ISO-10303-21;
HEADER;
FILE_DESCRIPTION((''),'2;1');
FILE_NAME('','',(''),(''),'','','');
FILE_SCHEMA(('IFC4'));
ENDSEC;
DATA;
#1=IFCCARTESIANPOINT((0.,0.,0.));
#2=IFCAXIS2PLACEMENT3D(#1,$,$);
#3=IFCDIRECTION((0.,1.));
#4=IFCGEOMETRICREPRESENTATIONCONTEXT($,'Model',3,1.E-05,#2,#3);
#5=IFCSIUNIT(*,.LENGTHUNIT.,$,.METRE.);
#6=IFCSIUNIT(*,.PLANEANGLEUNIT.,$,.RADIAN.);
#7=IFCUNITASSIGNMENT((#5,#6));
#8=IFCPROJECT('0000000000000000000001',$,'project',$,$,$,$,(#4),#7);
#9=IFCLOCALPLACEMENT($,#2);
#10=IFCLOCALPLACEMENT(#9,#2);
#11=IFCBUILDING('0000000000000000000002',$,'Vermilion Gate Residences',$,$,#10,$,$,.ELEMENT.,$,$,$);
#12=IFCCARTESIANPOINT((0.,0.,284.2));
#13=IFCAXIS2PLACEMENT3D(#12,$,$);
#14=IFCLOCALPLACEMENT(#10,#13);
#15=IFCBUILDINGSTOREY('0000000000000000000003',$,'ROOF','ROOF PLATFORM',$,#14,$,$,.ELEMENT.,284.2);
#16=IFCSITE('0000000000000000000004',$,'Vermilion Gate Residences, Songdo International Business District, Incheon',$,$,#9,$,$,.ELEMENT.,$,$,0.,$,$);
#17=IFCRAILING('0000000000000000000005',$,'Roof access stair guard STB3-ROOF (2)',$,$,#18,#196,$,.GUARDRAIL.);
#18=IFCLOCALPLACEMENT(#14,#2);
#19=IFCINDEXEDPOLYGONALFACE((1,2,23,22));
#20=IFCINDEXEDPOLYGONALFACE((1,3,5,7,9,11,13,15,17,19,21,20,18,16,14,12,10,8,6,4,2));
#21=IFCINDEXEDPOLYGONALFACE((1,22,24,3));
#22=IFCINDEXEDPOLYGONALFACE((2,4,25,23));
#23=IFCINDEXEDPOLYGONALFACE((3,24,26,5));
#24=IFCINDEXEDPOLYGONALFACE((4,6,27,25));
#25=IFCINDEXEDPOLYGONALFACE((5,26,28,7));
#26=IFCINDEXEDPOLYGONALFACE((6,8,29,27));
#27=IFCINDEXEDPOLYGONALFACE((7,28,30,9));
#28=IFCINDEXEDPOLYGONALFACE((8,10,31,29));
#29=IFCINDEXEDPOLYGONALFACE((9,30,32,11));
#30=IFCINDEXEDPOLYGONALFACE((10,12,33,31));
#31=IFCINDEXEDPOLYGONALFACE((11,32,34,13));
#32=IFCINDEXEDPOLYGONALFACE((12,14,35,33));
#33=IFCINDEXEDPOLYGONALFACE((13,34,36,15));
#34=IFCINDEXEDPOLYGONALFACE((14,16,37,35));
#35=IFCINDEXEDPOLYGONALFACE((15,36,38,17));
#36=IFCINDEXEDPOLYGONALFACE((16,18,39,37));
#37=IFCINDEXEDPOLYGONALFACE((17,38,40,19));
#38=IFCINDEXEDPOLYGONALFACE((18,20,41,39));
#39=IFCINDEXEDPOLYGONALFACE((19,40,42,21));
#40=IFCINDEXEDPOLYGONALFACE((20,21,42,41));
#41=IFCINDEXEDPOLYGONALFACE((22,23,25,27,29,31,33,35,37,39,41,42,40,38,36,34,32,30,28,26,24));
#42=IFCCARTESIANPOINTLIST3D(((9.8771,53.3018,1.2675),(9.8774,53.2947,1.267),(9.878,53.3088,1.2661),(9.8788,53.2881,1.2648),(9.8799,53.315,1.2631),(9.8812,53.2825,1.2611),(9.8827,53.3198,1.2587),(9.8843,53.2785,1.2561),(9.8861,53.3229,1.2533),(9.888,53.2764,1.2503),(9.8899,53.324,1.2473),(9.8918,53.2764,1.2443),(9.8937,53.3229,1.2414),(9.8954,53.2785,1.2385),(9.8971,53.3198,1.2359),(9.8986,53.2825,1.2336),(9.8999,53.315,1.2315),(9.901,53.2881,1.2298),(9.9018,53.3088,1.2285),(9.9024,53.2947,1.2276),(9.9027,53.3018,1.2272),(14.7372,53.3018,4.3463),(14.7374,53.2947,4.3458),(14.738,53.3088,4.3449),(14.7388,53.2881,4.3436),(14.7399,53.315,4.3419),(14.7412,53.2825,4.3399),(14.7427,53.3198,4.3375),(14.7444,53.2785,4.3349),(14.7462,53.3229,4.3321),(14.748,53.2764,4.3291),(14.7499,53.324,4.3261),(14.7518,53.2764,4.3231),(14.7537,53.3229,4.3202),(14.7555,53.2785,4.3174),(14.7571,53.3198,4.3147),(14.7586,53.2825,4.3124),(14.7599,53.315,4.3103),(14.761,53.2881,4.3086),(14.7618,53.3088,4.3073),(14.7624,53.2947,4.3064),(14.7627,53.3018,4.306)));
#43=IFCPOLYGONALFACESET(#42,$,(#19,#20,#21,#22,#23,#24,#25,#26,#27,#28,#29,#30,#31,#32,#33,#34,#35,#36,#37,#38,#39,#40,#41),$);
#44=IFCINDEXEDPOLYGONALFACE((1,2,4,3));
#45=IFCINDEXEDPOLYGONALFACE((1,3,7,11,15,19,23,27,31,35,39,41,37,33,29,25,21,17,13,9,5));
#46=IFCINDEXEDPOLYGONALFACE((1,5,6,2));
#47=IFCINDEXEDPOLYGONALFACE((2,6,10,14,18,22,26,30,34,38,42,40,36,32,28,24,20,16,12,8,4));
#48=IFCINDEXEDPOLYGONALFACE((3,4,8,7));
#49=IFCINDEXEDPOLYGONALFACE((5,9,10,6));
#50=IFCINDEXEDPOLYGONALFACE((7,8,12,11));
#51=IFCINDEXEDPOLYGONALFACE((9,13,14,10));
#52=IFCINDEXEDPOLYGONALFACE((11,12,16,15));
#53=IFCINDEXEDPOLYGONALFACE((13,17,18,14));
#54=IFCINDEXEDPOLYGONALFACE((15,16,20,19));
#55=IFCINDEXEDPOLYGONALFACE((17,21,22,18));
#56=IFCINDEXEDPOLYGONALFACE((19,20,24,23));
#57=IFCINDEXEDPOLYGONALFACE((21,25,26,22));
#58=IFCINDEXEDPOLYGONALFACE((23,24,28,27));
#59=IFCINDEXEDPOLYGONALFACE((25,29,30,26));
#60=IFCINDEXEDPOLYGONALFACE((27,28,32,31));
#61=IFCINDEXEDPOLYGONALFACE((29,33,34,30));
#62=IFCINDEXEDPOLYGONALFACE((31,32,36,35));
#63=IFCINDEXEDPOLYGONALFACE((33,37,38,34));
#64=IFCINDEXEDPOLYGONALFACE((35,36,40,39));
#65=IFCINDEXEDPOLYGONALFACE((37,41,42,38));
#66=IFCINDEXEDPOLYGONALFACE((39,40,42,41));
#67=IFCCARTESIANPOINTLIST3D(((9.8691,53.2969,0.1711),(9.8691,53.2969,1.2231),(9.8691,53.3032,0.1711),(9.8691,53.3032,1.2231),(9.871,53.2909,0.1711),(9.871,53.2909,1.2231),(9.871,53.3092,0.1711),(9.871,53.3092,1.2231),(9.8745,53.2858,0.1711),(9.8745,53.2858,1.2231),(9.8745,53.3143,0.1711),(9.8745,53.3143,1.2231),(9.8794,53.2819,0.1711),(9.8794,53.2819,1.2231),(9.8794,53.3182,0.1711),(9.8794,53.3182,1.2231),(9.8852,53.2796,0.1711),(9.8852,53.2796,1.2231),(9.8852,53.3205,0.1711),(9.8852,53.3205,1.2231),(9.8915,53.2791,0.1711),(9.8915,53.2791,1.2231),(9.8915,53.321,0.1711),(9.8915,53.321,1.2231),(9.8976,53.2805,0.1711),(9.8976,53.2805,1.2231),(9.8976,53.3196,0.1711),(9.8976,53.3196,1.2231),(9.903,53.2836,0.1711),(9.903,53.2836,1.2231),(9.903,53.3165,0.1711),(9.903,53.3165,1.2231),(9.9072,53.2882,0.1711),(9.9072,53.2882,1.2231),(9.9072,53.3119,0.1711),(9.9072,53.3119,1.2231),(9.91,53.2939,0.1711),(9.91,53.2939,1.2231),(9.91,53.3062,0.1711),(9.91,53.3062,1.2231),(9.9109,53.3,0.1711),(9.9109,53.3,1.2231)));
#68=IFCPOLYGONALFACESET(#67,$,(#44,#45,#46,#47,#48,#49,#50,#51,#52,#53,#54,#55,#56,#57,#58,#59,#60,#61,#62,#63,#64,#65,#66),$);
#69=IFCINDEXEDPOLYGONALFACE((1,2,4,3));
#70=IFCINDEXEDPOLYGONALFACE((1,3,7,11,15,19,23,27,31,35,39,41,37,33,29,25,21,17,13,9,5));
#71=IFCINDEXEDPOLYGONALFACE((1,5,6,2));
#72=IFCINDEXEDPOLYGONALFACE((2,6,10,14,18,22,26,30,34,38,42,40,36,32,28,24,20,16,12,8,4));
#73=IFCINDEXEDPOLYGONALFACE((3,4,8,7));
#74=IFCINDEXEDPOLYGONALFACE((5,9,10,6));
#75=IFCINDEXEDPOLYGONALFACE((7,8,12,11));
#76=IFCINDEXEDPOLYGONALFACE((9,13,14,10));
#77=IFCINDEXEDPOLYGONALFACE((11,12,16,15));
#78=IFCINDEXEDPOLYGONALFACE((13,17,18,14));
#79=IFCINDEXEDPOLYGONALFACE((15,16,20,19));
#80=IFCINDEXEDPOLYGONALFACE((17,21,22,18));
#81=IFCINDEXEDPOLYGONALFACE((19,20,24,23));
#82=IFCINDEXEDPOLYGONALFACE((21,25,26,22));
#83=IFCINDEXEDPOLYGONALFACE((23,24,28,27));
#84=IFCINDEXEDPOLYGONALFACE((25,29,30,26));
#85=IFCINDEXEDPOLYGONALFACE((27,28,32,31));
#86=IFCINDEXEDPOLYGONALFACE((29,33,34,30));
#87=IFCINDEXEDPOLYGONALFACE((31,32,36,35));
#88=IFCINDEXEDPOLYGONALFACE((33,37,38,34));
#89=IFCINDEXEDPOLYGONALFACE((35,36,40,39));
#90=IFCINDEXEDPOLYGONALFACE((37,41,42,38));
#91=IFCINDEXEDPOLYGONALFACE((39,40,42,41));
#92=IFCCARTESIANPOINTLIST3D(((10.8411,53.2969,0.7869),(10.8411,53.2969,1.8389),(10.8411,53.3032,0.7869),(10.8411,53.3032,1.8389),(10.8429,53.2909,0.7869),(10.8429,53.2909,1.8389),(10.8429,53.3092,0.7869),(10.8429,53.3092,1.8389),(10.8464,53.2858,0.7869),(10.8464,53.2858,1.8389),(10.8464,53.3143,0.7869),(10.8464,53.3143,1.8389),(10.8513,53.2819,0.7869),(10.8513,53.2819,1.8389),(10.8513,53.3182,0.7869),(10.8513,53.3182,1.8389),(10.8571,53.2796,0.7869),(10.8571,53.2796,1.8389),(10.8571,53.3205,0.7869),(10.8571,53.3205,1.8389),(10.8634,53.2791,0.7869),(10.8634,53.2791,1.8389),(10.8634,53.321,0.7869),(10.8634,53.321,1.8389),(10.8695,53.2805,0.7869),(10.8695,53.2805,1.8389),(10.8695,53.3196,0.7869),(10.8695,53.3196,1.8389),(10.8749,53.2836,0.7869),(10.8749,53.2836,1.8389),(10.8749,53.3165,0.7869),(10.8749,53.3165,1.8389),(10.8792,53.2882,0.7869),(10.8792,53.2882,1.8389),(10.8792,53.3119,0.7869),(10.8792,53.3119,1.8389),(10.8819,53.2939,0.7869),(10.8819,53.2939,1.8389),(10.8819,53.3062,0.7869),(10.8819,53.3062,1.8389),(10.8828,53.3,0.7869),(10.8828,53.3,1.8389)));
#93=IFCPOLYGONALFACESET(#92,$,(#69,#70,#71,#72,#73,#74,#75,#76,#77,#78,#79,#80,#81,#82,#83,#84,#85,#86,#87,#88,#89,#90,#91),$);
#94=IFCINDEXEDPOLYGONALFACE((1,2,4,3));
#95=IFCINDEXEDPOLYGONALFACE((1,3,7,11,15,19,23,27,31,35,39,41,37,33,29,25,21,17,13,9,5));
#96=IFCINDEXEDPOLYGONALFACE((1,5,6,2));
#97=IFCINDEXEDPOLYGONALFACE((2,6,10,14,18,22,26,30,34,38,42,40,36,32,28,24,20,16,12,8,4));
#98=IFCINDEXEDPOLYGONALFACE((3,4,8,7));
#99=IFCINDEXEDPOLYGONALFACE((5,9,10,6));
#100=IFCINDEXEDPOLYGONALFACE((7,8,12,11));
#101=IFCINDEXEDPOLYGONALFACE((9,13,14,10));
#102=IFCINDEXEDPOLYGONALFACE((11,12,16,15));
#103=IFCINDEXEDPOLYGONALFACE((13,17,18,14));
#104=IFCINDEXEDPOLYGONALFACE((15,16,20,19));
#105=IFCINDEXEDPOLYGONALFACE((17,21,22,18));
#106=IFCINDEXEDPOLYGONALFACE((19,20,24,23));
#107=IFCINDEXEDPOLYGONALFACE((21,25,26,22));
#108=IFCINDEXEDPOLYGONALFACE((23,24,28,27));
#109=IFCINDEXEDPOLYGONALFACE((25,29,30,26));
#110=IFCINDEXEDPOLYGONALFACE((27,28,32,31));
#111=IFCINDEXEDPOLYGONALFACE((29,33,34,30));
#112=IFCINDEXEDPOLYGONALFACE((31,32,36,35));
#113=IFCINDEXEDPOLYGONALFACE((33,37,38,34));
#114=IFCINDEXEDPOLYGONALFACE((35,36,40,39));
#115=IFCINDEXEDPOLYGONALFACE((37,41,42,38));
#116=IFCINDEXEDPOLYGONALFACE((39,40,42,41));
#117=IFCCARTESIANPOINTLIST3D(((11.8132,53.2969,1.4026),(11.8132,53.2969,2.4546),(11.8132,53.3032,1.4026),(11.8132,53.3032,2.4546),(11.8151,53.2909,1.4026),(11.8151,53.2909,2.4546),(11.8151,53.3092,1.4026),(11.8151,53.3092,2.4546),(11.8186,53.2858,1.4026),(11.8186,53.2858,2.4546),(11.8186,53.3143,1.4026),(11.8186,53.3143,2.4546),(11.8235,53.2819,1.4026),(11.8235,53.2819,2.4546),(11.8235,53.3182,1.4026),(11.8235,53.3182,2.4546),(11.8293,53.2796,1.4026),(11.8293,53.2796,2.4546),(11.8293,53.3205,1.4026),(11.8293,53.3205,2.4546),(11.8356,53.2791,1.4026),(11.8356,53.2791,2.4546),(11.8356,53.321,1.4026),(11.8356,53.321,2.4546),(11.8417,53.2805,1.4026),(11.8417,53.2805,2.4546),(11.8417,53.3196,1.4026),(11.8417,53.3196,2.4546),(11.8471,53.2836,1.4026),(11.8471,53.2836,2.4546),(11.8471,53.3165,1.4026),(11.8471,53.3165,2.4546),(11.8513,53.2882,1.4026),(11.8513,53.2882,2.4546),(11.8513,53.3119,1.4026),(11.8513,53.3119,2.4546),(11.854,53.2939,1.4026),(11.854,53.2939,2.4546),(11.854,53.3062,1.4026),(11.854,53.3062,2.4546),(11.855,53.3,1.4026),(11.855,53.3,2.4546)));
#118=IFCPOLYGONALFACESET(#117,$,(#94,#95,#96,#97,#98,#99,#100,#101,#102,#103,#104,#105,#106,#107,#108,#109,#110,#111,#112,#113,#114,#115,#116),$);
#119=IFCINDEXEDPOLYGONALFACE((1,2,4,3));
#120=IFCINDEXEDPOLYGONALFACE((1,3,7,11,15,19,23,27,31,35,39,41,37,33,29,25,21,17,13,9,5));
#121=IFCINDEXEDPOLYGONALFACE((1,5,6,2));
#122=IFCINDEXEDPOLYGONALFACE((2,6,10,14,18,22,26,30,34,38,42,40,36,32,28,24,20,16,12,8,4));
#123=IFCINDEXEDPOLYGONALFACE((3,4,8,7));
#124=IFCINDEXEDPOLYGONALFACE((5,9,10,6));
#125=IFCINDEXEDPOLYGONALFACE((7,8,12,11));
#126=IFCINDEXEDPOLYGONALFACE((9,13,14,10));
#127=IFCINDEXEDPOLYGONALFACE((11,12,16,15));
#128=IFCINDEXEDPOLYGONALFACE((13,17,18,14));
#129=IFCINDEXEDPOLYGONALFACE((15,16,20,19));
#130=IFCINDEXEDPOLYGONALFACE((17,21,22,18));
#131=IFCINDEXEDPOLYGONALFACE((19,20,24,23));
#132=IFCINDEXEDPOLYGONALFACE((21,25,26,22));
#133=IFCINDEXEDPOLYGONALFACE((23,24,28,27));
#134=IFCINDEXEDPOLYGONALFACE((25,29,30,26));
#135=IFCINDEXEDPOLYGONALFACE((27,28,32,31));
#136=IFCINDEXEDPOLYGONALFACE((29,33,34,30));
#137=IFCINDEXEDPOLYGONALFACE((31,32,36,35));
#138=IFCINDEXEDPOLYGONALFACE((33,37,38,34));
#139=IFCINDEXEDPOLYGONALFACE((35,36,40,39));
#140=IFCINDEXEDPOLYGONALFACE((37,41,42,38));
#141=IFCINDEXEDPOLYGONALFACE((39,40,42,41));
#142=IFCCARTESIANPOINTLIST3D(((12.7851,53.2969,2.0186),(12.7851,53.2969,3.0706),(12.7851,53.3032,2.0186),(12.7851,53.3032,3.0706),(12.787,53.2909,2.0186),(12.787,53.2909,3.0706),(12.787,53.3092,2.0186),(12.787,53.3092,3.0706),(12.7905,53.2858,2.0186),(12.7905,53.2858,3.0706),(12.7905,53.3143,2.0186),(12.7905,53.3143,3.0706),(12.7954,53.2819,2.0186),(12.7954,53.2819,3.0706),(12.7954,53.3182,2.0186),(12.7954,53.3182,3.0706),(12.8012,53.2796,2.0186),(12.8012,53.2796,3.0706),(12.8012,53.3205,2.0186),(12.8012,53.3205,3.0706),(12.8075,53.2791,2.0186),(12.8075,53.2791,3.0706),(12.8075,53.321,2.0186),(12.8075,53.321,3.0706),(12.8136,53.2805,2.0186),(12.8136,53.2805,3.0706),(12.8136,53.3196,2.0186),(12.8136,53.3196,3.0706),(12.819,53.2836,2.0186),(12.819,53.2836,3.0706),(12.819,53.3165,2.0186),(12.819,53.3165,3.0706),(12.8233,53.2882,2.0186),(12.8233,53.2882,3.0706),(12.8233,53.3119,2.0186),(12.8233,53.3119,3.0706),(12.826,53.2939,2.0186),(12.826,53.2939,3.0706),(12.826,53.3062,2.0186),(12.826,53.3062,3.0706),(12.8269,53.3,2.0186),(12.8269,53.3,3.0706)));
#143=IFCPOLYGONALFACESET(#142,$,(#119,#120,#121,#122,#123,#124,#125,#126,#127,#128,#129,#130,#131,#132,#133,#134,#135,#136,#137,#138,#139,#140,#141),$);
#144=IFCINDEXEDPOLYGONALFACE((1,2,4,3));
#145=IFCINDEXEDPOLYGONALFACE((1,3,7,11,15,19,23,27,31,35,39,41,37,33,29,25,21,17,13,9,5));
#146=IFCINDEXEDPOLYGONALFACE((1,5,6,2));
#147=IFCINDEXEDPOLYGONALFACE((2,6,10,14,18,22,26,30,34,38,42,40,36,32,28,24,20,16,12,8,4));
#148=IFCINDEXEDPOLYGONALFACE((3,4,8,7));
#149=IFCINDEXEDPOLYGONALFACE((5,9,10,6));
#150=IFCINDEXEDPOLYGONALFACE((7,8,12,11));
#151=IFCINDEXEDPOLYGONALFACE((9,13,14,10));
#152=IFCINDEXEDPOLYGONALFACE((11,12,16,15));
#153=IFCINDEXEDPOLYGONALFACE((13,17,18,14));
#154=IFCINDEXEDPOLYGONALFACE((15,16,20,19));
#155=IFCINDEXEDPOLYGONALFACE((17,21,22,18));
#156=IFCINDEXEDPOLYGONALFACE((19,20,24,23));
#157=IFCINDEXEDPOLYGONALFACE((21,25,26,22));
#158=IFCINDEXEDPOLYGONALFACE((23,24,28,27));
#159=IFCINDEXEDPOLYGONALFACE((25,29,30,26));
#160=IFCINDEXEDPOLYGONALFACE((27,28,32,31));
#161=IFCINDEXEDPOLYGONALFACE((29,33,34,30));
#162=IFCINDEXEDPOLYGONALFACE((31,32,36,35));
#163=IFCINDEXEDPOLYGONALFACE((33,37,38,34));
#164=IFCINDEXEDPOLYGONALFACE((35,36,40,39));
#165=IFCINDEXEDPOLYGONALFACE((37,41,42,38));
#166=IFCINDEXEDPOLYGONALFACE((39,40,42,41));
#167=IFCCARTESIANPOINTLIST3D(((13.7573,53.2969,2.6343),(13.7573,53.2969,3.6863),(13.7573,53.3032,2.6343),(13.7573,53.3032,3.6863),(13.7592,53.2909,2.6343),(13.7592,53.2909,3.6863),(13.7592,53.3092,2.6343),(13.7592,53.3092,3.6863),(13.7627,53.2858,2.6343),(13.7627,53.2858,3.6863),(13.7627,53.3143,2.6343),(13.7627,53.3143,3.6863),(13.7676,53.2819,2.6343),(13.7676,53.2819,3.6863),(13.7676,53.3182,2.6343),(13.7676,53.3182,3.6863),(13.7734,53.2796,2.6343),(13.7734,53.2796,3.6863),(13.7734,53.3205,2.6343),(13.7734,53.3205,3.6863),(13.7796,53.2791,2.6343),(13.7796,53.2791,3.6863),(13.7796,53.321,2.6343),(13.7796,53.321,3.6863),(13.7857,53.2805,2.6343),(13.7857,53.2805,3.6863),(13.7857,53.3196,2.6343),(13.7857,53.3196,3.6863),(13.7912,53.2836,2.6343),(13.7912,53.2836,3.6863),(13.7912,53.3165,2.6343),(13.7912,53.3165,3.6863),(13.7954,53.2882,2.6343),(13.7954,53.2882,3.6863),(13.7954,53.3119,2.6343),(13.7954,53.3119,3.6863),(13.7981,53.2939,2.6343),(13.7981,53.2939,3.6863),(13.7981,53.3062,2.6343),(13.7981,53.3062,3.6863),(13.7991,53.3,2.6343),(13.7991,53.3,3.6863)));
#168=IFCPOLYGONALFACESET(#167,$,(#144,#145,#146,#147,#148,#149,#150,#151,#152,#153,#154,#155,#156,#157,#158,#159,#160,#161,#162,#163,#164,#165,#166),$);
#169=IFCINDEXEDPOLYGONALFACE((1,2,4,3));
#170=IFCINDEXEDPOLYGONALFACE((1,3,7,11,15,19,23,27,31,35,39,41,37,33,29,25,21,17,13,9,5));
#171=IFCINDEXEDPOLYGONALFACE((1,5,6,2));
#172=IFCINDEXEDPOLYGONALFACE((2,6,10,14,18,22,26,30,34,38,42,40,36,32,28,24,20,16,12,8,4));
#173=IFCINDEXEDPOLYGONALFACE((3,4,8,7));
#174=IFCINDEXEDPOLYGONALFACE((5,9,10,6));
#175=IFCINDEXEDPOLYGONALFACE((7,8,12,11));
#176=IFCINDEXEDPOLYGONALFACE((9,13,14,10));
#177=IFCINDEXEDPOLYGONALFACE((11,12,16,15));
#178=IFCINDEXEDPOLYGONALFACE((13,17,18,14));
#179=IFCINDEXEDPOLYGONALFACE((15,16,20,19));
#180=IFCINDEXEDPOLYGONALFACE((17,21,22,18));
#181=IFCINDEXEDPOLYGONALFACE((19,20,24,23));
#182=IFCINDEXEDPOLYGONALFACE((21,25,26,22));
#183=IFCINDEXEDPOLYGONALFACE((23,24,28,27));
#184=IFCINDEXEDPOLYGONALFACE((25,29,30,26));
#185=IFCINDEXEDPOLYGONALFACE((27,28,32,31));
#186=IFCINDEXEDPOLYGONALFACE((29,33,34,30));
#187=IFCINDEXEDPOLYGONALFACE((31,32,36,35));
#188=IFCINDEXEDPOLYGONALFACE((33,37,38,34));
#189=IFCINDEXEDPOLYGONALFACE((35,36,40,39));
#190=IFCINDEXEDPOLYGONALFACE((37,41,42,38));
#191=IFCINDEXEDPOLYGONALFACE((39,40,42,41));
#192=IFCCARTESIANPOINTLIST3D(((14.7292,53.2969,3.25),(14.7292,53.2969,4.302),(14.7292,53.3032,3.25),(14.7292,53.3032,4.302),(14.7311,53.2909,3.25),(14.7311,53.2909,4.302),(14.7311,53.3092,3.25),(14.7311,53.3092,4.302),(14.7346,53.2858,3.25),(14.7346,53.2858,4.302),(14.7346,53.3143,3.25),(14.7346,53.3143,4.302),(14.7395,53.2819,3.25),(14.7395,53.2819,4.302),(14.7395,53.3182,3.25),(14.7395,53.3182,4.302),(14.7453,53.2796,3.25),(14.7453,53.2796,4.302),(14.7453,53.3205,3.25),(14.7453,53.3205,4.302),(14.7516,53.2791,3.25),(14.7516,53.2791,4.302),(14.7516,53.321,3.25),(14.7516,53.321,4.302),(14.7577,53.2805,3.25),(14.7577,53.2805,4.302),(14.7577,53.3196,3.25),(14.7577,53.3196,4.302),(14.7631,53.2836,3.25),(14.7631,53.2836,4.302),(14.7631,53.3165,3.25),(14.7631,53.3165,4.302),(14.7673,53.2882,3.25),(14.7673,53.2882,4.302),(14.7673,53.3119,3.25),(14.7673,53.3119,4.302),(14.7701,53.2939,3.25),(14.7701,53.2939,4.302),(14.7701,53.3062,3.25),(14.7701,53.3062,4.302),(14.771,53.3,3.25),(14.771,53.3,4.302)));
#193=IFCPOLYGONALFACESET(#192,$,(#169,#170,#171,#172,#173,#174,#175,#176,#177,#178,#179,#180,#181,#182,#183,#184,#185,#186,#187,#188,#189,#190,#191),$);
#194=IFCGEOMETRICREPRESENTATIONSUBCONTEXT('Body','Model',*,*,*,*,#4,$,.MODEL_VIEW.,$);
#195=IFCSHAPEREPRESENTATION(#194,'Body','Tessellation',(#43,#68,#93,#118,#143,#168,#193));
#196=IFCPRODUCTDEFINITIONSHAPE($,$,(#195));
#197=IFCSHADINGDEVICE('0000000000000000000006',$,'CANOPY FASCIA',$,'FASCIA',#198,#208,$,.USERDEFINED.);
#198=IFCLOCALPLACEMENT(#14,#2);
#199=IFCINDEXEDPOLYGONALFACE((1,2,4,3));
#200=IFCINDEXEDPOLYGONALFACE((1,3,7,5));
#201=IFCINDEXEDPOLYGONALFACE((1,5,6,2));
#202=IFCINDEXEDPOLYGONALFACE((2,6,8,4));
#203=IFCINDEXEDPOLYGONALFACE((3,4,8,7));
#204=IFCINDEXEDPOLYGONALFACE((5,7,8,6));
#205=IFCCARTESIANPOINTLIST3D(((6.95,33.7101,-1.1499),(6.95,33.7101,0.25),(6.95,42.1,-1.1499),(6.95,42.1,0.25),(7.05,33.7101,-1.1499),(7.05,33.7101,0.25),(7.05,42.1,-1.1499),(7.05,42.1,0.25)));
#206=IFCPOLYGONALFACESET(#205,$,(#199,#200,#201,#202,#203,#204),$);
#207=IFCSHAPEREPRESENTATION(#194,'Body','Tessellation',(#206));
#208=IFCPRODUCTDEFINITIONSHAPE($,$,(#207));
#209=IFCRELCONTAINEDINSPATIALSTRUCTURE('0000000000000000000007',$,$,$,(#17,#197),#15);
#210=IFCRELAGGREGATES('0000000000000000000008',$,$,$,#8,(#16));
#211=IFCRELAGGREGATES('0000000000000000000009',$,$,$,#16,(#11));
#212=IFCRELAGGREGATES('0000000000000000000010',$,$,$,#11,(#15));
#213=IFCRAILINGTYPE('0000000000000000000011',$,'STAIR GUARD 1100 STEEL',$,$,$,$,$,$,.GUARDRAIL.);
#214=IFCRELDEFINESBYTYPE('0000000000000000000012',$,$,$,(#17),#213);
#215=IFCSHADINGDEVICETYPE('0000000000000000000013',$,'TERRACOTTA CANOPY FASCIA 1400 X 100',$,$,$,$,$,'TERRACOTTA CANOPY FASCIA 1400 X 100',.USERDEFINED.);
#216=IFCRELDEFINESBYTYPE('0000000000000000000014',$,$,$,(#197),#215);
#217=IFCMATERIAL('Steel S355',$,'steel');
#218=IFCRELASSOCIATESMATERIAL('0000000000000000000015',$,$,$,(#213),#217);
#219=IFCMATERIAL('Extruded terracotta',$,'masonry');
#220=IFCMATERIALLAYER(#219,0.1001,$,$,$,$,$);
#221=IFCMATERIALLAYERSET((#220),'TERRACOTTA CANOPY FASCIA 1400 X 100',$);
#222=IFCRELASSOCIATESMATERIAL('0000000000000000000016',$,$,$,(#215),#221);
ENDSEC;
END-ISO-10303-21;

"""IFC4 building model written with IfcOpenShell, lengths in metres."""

from ifc_helpers import new_model, si_unit, direction, frame, origin, origin_2d, place, context, subcontext, project, spatial, rectangle, circle, extrude, material, layer, layer_set, type_object, element, save


model = new_model("IFC4")

# Units and contexts
model_context = context("Model", 3, precision=1e-05, world=origin(), true_north=direction((0.0, 1.0)))
body_context = subcontext(model_context, "Body", "Model", "MODEL_VIEW")
ifc_project = project(units=[si_unit("LENGTHUNIT", "METRE"), si_unit("PLANEANGLEUNIT", "RADIAN")], contexts=[model_context])

# Site, building, storey
site_placement = place(None, origin())
site = spatial("IfcSite", under=ifc_project, at=site_placement, Name="Vermilion Gate Residences, Songdo International Business District, Incheon", CompositionType="ELEMENT", RefElevation=0.0)
building_placement = place(site_placement, origin())
building = spatial("IfcBuilding", under=site, at=building_placement, Name="Vermilion Gate Residences", CompositionType="ELEMENT")
storey_placement = place(building_placement, frame((0.0, 0.0, 284.2)))
storey = spatial("IfcBuildingStorey", under=building, at=storey_placement, Name="ROOF", Description="ROOF PLATFORM", CompositionType="ELEMENT", Elevation=284.2)

# Railing
ifc_material_1 = material(Name="Steel S355", Category="steel")
railing_type = type_object("IfcRailingType", Name="STAIR GUARD 1100 STEEL", PredefinedType="GUARDRAIL", material=ifc_material_1)
for number, where, name in (
    (1, (9.8899, 53.3, 0.1711), "Roof access stair guard STB3-ROOF (2)"),
):
    element("IfcRailing", number, at=place(storey_placement, frame(where)), inside=storey, type_object=railing_type, Name=name, PredefinedType="GUARDRAIL", context=body_context, shape_type="SweptSolid", body=[
        extrude(circle(Radius=0.0239, at=origin_2d()), frame((0.0, 0.0, 1.0762), z_axis=(0.844757, 0.0, 0.53515), x_axis=(0.0, 1.0, 0.0)), (0.0, 0.0, 1.0), 5.7532),
        extrude(circle(Radius=0.021, at=origin_2d()), origin(), (0.0, 0.0, 1.0), 1.052),
        extrude(circle(Radius=0.021, at=origin_2d()), frame((0.9719, 0.0, 0.6157)), (0.0, 0.0, 1.0), 1.052),
        extrude(circle(Radius=0.021, at=origin_2d()), frame((1.9441, 0.0, 1.2314)), (0.0, 0.0, 1.0), 1.052),
        extrude(circle(Radius=0.021, at=origin_2d()), frame((2.916, 0.0, 1.8474)), (0.0, 0.0, 1.0), 1.052),
        extrude(circle(Radius=0.021, at=origin_2d()), frame((3.8882, 0.0, 2.4631)), (0.0, 0.0, 1.0), 1.052),
        extrude(circle(Radius=0.021, at=origin_2d()), frame((4.8601, 0.0, 3.0789)), (0.0, 0.0, 1.0), 1.052),
    ])

# Shading device
ifc_material_2 = material(Name="Extruded terracotta", Category="masonry")
ifc_layer_1 = layer(ifc_material_2, 0.1001)
ifc_layer_set_1 = layer_set([ifc_layer_1], Name="TERRACOTTA CANOPY FASCIA 1400 X 100")
shading_device_type_1 = type_object("IfcShadingDeviceType", Name="TERRACOTTA CANOPY FASCIA 1400 X 100", ElementType="TERRACOTTA CANOPY FASCIA 1400 X 100", PredefinedType="USERDEFINED", material=ifc_layer_set_1)
shading_device_1_placement = place(storey_placement, frame((7.0, 37.905, -1.1499), z_axis=(0.0, 0.0, 1.0), x_axis=(0.0, 1.0, 0.0)))
element("IfcShadingDevice", 2, at=shading_device_1_placement, inside=storey, type_object=shading_device_type_1, Name="CANOPY FASCIA", ObjectType="FASCIA", PredefinedType="USERDEFINED", context=body_context, shape_type="SweptSolid", body=[
    extrude(rectangle(XDim=8.3899, YDim=0.1001, at=origin_2d()), origin(), (0.0, 0.0, 1.0), 1.3999),
])

save(model, "model.ifc")
